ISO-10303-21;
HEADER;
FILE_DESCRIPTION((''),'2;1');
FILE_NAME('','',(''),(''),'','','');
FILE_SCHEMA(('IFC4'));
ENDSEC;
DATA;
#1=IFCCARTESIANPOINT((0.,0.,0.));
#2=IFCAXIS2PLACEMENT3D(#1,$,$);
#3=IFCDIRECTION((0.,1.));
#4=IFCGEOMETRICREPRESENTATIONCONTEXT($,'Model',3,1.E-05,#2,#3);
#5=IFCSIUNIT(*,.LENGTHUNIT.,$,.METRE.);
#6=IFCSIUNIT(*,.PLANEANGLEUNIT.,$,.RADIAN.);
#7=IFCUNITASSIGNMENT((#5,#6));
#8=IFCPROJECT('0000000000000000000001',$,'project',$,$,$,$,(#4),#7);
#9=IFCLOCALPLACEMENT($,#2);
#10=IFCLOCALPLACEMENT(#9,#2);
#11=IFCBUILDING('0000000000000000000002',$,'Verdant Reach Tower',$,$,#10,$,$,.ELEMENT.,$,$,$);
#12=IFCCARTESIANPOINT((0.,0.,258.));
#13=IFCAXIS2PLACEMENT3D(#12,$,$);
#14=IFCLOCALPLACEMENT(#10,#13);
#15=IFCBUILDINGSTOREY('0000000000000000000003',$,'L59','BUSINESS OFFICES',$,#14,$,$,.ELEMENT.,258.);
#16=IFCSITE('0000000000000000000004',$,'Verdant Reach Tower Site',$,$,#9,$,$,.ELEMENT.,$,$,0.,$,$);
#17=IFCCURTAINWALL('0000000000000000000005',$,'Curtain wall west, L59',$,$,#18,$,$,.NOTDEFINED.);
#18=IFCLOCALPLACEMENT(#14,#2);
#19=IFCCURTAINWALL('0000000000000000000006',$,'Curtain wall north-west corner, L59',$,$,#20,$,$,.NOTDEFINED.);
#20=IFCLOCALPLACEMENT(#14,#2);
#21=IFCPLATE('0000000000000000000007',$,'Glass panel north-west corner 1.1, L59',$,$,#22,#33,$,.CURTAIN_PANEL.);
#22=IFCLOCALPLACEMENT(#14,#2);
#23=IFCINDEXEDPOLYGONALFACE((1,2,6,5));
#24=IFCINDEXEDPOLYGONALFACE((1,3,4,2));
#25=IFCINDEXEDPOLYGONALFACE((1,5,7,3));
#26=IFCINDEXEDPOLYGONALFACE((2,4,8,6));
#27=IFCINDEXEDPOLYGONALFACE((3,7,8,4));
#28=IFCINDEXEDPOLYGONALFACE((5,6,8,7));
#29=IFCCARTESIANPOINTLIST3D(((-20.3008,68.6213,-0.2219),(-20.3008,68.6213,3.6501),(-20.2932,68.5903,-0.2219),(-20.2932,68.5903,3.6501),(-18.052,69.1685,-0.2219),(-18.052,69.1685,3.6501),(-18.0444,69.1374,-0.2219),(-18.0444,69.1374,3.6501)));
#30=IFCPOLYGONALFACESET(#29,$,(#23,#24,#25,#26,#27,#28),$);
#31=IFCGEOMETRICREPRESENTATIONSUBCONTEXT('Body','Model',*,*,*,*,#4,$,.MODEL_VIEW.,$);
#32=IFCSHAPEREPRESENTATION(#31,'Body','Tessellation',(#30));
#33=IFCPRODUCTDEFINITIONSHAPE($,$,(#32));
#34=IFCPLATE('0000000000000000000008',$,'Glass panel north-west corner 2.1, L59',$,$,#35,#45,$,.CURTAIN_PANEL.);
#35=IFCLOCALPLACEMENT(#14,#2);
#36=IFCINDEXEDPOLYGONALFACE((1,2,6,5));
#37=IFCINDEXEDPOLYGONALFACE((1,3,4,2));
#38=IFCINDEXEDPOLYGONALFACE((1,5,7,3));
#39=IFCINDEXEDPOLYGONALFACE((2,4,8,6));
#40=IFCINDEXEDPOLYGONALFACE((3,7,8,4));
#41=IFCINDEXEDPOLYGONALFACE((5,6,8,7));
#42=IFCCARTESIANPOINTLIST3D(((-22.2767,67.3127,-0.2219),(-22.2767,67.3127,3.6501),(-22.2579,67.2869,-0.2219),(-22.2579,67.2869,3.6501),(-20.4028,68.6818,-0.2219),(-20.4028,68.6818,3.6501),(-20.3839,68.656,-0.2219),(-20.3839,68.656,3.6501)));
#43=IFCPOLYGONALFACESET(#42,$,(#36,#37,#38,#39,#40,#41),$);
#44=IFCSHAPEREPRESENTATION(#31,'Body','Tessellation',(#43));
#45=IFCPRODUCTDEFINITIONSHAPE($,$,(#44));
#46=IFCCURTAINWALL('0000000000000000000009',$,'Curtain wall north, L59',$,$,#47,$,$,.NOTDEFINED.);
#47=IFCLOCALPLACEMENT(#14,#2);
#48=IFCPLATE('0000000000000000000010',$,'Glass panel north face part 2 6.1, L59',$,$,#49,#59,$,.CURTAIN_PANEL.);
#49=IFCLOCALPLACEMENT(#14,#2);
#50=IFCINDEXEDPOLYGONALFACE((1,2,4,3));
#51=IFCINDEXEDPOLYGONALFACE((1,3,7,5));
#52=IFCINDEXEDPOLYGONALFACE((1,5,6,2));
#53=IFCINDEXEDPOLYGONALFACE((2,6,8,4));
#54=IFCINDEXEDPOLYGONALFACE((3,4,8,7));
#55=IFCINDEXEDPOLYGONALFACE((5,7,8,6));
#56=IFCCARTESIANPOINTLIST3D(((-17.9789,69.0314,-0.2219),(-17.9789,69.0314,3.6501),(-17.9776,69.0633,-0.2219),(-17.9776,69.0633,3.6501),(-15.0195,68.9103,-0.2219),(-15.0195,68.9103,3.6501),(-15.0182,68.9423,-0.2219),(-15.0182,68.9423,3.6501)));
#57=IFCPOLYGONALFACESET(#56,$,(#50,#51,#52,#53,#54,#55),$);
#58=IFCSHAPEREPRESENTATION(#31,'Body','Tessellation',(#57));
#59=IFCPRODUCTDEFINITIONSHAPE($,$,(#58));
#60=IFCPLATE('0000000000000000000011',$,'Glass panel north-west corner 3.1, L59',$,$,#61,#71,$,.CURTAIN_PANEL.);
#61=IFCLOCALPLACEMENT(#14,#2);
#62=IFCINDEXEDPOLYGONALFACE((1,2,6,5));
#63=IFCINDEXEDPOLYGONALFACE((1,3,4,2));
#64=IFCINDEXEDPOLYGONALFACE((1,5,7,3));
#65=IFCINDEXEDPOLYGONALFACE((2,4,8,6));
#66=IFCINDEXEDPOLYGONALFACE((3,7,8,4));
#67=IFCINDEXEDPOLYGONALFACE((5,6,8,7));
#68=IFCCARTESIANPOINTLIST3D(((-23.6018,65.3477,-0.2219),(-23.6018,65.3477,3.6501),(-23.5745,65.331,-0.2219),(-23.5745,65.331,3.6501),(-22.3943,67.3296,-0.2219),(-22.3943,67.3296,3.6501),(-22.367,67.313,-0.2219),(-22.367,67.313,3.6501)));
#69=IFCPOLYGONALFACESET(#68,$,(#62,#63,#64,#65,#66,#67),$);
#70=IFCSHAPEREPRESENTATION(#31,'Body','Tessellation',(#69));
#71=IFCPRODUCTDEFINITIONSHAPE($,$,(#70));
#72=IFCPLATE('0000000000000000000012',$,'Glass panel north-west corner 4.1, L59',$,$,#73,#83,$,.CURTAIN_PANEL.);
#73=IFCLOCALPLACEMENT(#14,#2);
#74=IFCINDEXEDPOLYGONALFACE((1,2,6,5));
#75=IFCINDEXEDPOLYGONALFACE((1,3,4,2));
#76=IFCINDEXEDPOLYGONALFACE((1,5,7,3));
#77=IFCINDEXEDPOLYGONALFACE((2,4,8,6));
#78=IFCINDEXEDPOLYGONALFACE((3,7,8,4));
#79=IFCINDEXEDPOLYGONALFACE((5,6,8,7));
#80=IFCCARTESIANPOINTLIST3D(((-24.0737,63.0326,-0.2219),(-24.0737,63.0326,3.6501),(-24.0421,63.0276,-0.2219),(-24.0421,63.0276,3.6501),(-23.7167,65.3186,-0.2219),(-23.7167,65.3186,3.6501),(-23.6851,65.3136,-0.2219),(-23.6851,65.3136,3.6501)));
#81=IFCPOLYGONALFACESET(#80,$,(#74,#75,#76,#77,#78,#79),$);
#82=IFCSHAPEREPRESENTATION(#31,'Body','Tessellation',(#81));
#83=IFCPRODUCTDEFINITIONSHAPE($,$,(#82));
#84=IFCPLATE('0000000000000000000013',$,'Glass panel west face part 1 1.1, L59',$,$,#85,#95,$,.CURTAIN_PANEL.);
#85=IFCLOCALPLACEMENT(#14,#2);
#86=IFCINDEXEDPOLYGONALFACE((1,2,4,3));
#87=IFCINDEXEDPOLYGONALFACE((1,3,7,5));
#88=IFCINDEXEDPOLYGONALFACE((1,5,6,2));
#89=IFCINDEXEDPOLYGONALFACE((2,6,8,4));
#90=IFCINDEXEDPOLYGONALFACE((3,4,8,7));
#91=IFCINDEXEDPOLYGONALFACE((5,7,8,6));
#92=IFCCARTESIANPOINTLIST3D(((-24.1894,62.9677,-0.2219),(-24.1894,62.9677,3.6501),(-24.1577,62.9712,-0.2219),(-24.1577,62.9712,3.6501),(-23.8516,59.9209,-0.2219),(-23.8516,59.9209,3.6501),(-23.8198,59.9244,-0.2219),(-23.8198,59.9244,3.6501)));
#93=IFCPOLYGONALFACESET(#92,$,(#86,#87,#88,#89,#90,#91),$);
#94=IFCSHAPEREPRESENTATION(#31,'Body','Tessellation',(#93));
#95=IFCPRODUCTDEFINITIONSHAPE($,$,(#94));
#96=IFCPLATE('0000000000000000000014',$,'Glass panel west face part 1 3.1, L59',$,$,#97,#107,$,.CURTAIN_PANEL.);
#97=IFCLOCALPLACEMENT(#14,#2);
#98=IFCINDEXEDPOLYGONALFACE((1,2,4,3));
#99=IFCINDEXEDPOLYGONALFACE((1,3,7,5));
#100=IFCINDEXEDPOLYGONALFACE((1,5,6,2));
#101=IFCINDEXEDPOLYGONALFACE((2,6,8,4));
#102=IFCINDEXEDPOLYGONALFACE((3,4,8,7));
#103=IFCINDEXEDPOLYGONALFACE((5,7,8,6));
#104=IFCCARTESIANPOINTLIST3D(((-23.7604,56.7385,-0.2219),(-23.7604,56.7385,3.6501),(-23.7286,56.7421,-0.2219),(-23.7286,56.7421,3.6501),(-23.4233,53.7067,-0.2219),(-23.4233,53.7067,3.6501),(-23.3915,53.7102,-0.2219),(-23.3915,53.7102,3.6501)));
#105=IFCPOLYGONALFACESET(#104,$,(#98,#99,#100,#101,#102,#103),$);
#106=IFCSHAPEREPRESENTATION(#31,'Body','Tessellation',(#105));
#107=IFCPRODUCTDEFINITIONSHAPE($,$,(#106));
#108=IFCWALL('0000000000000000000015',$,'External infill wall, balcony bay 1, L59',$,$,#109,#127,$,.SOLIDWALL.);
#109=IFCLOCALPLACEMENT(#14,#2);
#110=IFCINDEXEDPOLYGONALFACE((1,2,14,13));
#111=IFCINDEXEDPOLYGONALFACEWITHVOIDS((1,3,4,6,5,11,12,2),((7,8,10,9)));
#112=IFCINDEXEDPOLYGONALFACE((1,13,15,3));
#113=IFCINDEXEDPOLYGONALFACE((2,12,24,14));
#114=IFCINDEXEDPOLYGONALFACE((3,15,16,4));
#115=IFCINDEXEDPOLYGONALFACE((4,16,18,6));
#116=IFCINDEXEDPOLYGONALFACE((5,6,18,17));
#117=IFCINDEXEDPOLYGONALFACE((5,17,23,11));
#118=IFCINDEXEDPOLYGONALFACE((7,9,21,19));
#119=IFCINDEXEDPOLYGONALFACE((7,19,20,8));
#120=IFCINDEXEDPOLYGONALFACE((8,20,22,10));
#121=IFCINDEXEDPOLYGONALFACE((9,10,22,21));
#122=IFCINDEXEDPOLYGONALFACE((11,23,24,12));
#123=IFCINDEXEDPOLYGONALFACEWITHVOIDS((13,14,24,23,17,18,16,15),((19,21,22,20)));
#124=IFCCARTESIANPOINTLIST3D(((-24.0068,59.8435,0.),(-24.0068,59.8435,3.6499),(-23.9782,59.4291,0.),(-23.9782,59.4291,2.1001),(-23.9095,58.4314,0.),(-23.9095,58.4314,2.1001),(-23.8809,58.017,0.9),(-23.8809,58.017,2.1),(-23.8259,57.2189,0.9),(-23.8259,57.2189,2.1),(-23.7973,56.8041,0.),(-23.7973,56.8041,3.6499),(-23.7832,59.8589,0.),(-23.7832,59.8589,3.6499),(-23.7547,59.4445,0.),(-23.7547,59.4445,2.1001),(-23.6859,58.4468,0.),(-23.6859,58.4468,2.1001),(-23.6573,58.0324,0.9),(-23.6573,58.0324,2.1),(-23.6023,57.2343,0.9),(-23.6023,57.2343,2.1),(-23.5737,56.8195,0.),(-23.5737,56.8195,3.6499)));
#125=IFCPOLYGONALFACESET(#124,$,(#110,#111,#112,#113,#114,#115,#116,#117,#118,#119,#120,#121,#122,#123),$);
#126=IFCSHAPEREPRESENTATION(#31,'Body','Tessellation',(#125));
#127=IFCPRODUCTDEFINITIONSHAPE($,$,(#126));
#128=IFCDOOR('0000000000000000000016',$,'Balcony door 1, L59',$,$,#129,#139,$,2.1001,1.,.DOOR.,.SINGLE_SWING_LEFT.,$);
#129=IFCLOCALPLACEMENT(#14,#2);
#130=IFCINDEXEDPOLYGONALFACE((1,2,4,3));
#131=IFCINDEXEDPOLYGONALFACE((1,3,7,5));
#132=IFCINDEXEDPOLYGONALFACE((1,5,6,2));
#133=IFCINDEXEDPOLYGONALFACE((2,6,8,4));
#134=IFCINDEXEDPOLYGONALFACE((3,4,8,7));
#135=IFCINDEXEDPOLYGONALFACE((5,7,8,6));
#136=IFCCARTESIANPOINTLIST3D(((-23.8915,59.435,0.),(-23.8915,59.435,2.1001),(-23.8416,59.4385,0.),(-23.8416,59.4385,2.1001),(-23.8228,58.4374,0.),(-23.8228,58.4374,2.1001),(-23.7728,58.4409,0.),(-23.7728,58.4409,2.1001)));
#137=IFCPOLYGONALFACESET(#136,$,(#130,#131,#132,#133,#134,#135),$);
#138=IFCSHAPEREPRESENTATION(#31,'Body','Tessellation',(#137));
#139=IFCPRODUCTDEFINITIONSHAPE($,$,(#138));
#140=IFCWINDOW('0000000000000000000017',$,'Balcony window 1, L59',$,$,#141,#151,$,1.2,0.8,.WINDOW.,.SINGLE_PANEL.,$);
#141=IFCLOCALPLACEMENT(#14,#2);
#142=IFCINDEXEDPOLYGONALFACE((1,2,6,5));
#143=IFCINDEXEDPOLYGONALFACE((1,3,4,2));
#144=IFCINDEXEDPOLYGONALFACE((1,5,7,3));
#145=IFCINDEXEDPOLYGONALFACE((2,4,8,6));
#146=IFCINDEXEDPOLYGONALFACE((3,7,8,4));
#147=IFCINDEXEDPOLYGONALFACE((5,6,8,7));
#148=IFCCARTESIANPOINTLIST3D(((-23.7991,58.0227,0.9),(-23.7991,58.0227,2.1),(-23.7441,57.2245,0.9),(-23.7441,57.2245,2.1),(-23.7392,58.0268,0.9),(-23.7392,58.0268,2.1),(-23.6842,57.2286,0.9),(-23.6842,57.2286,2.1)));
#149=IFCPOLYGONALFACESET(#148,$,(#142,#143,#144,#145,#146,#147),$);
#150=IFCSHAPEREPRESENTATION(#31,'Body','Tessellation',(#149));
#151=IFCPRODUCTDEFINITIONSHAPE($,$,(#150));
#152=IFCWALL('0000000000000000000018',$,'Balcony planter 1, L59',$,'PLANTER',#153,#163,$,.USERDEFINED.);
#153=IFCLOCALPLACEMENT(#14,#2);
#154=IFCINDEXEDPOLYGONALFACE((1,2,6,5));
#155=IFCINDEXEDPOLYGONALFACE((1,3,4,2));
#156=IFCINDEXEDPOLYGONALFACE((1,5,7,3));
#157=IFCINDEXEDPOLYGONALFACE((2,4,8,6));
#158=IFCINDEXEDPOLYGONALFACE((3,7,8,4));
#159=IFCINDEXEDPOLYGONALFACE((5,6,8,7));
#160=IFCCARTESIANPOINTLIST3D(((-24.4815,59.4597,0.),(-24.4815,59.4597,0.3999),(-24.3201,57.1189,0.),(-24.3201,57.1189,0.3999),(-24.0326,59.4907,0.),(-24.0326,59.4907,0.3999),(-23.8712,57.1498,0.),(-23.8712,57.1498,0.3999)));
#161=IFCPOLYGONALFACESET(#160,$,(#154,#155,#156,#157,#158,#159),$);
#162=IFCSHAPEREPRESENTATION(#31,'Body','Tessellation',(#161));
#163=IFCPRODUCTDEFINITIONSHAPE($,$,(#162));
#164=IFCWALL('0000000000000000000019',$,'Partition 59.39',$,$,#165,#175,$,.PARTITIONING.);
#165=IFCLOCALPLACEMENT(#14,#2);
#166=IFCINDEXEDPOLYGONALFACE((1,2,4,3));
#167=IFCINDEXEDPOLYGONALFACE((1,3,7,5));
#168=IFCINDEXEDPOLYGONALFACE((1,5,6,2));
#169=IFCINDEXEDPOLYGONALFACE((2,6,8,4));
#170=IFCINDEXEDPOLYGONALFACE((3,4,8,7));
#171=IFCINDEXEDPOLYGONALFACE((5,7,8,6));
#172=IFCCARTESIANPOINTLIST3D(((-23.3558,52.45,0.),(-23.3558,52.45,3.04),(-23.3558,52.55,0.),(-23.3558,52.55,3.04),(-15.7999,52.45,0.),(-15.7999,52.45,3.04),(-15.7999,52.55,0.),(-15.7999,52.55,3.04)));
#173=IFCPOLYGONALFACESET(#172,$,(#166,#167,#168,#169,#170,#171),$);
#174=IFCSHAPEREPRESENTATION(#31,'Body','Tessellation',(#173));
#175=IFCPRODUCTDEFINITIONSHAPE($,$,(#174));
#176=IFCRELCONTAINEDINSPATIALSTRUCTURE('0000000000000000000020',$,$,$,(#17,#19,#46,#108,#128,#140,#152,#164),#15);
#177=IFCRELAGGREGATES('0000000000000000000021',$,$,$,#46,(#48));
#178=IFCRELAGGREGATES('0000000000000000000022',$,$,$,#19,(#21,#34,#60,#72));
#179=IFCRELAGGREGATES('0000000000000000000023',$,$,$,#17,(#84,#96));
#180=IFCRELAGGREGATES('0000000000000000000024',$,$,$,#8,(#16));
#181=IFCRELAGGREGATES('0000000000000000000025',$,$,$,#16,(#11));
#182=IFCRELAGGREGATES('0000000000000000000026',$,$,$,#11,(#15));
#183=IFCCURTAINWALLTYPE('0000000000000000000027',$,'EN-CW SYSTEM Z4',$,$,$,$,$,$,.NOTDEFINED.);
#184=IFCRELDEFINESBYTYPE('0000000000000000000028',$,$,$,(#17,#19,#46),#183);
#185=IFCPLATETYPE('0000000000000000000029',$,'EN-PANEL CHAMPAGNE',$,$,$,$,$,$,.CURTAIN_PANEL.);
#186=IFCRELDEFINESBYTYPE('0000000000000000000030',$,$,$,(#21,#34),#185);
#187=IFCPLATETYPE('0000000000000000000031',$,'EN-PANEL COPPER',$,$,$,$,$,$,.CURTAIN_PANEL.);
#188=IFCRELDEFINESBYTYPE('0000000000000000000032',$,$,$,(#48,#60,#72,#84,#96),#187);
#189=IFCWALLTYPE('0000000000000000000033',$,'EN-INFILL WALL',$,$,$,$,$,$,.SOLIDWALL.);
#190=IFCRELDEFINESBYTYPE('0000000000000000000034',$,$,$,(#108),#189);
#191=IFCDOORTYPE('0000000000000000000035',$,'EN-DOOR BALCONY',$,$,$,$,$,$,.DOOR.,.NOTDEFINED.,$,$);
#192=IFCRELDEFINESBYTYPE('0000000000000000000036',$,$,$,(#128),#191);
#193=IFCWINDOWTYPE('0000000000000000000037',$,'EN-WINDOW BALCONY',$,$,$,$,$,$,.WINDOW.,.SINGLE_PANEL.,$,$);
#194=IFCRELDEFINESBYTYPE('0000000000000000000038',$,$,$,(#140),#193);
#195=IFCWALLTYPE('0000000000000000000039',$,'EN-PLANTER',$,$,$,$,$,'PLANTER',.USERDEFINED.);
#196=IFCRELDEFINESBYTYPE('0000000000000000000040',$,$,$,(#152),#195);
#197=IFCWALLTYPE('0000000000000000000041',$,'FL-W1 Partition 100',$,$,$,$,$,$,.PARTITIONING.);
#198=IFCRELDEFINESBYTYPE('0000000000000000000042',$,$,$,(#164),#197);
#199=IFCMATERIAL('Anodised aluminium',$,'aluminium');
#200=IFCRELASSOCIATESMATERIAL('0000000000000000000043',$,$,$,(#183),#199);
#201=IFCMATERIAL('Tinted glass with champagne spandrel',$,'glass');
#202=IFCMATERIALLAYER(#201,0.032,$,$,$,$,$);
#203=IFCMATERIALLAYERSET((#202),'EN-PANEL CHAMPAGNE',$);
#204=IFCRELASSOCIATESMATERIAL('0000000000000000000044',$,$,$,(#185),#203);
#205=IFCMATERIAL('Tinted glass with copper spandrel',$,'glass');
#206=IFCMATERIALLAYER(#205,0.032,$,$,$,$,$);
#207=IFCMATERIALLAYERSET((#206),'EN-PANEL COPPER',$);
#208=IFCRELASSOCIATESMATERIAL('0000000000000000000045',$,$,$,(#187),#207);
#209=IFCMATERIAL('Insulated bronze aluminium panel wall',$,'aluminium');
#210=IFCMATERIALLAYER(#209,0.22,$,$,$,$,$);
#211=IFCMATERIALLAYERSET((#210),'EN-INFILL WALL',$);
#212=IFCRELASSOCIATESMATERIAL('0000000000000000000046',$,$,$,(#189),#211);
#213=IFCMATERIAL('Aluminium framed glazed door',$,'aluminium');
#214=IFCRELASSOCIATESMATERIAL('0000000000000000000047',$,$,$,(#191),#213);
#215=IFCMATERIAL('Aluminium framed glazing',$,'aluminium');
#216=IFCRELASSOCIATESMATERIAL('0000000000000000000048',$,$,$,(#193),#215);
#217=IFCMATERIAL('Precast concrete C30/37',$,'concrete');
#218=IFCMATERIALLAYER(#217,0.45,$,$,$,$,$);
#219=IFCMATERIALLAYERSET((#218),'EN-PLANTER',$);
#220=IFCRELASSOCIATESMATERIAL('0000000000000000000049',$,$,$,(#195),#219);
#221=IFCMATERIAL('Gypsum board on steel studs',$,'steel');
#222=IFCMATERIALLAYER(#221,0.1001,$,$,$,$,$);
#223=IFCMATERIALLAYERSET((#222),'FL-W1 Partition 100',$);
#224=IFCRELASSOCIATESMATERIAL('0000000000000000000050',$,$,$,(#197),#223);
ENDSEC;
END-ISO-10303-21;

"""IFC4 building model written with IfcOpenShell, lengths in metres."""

from ifc_helpers import new_model, si_unit, direction, frame, frame_2d, origin, origin_2d, place, context, subcontext, project, spatial, rectangle, extrude, material, layer, layer_set, type_object, element, fill, aggregate, save


model = new_model("IFC4")

# Units and contexts
model_context = context("Model", 3, precision=1e-05, world=origin(), true_north=direction((0.0, 1.0)))
body_context = subcontext(model_context, "Body", "Model", "MODEL_VIEW")
ifc_project = project(units=[si_unit("LENGTHUNIT", "METRE"), si_unit("PLANEANGLEUNIT", "RADIAN")], contexts=[model_context])

# Site, building, storey
site_placement = place(None, origin())
site = spatial("IfcSite", under=ifc_project, at=site_placement, Name="Verdant Reach Tower Site", CompositionType="ELEMENT", RefElevation=0.0)
building_placement = place(site_placement, origin())
building = spatial("IfcBuilding", under=site, at=building_placement, Name="Verdant Reach Tower", CompositionType="ELEMENT")
storey_placement = place(building_placement, frame((0.0, 0.0, 258.0)))
storey = spatial("IfcBuildingStorey", under=building, at=storey_placement, Name="L59", Description="BUSINESS OFFICES", CompositionType="ELEMENT", Elevation=258.0)

# Curtain wall
ifc_material_1 = material(Name="Anodised aluminium", Category="aluminium")
curtain_wall_type = type_object("IfcCurtainWallType", Name="EN-CW SYSTEM Z4", PredefinedType="NOTDEFINED", material=ifc_material_1)
curtain_wall_1_placement = place(storey_placement, origin())
curtain_wall_1 = element("IfcCurtainWall", 1, at=curtain_wall_1_placement, inside=storey, type_object=curtain_wall_type, Name="Curtain wall west, L59", PredefinedType="NOTDEFINED")

# Curtain wall, plates
curtain_wall_2_placement = place(storey_placement, origin())
curtain_wall_2 = element("IfcCurtainWall", 2, at=curtain_wall_2_placement, inside=storey, type_object=curtain_wall_type, Name="Curtain wall north-west corner, L59", PredefinedType="NOTDEFINED")
ifc_material_2 = material(Name="Tinted glass with champagne spandrel", Category="glass")
ifc_layer_1 = layer(ifc_material_2, 0.032)
ifc_layer_set_1 = layer_set([ifc_layer_1], Name="EN-PANEL CHAMPAGNE")
plate_type_1 = type_object("IfcPlateType", Name="EN-PANEL CHAMPAGNE", PredefinedType="CURTAIN_PANEL", material=ifc_layer_set_1)
plate_1_placement = place(storey_placement, frame((-19.1726, 68.8794, -0.2219), z_axis=(0.0, 0.0, 1.0), x_axis=(-0.971652, -0.236414, 0.0)))
plate_1 = element("IfcPlate", 3, at=plate_1_placement, type_object=plate_type_1, Name="Glass panel north-west corner 1.1, L59", PredefinedType="CURTAIN_PANEL", context=body_context, shape_type="SweptSolid", body=[
    extrude(rectangle(XDim=2.3145, YDim=0.032, at=origin_2d()), origin(), (0.0, 0.0, 1.0), 3.8721),
])
plate_2_placement = place(storey_placement, frame((-21.3303, 67.9844, -0.2219), z_axis=(0.0, 0.0, 1.0), x_axis=(-0.807457, -0.589927, 0.0)))
plate_2 = element("IfcPlate", 4, at=plate_2_placement, type_object=plate_type_1, Name="Glass panel north-west corner 2.1, L59", PredefinedType="CURTAIN_PANEL", context=body_context, shape_type="SweptSolid", body=[
    extrude(rectangle(XDim=2.3208, YDim=0.032, at=origin_2d()), origin(), (0.0, 0.0, 1.0), 3.8721),
])

# Curtain wall, plate
curtain_wall_3_placement = place(storey_placement, origin())
curtain_wall_3 = element("IfcCurtainWall", 5, at=curtain_wall_3_placement, inside=storey, type_object=curtain_wall_type, Name="Curtain wall north, L59", PredefinedType="NOTDEFINED")
ifc_material_3 = material(Name="Tinted glass with copper spandrel", Category="glass")
ifc_layer_2 = layer(ifc_material_3, 0.032)
ifc_layer_set_2 = layer_set([ifc_layer_2], Name="EN-PANEL COPPER")
plate_type_2 = type_object("IfcPlateType", Name="EN-PANEL COPPER", PredefinedType="CURTAIN_PANEL", material=ifc_layer_set_2)
plate_3_placement = place(storey_placement, frame((-16.4985, 68.9868, -0.2219), z_axis=(0.0, 0.0, 1.0), x_axis=(-0.999164, 0.040881, 0.0)))
plate_3 = element("IfcPlate", 6, at=plate_3_placement, type_object=plate_type_2, Name="Glass panel north face part 2 6.1, L59", PredefinedType="CURTAIN_PANEL", context=body_context, shape_type="SweptSolid", body=[
    extrude(rectangle(XDim=2.9619, YDim=0.032, at=origin_2d()), origin(), (0.0, 0.0, 1.0), 3.8721),
])
aggregate(curtain_wall_3, [plate_3])

# Plates
plate_4_placement = place(storey_placement, frame((-22.9844, 66.3303, -0.2219), z_axis=(0.0, 0.0, 1.0), x_axis=(-0.520292, -0.853989, 0.0)))
plate_4 = element("IfcPlate", 7, at=plate_4_placement, type_object=plate_type_2, Name="Glass panel north-west corner 3.1, L59", PredefinedType="CURTAIN_PANEL", context=body_context, shape_type="SweptSolid", body=[
    extrude(rectangle(XDim=2.3208, YDim=0.032, at=origin_2d()), origin(), (0.0, 0.0, 1.0), 3.8721),
])
plate_5_placement = place(storey_placement, frame((-23.8794, 64.1731, -0.2219), z_axis=(0.0, 0.0, 1.0), x_axis=(-0.154325, -0.98802, 0.0)))
plate_5 = element("IfcPlate", 8, at=plate_5_placement, type_object=plate_type_2, Name="Glass panel north-west corner 4.1, L59", PredefinedType="CURTAIN_PANEL", context=body_context, shape_type="SweptSolid", body=[
    extrude(rectangle(XDim=2.3137, YDim=0.032, at=origin_2d()), origin(), (0.0, 0.0, 1.0), 3.8721),
])
aggregate(curtain_wall_2, [plate_1, plate_2, plate_4, plate_5])
plate_6_placement = place(storey_placement, frame((-24.0046, 61.446, -0.2219), z_axis=(0.0, 0.0, 1.0), x_axis=(0.110206, -0.993909, 0.0)))
plate_6 = element("IfcPlate", 9, at=plate_6_placement, type_object=plate_type_2, Name="Glass panel west face part 1 1.1, L59", PredefinedType="CURTAIN_PANEL", context=body_context, shape_type="SweptSolid", body=[
    extrude(rectangle(XDim=3.0654, YDim=0.032, at=origin_2d()), origin(), (0.0, 0.0, 1.0), 3.8721),
])
plate_7_placement = place(storey_placement, frame((-23.5759, 55.2244, -0.2219), z_axis=(0.0, 0.0, 1.0), x_axis=(0.110518, -0.993874, 0.0)))
plate_7 = element("IfcPlate", 10, at=plate_7_placement, type_object=plate_type_2, Name="Glass panel west face part 1 3.1, L59", PredefinedType="CURTAIN_PANEL", context=body_context, shape_type="SweptSolid", body=[
    extrude(rectangle(XDim=3.0505, YDim=0.032, at=origin_2d()), origin(), (0.0, 0.0, 1.0), 3.8721),
])
aggregate(curtain_wall_1, [plate_6, plate_7])

# Wall, openings, door, window
ifc_material_4 = material(Name="Insulated bronze aluminium panel wall", Category="aluminium")
ifc_layer_3 = layer(ifc_material_4, 0.22)
ifc_layer_set_3 = layer_set([ifc_layer_3], Name="EN-INFILL WALL")
wall_type_1 = type_object("IfcWallType", Name="EN-INFILL WALL", PredefinedType="SOLIDWALL", material=ifc_layer_set_3)
wall_1_placement = place(storey_placement, frame((-23.895, 59.8513, 0.0), z_axis=(0.0, 0.0, 1.0), x_axis=(0.068758, -0.997633, 0.0)))
wall_1 = element("IfcWall", 11, at=wall_1_placement, inside=storey, type_object=wall_type_1, Name="External infill wall, balcony bay 1, L59", PredefinedType="SOLIDWALL", context=body_context, shape_type="SweptSolid", body=[
    extrude(rectangle(XDim=3.0466, YDim=0.2241, at=frame_2d((1.5234, 0.0))), origin(), (0.0, 0.0, 1.0), 3.6499),
])
opening_1_placement = place(wall_1_placement, frame((0.4155, 0.0, 0.0)))
opening_1 = element("IfcOpeningElement", 12, at=opening_1_placement, cuts=wall_1, PredefinedType="OPENING", context=body_context, shape_type="SweptSolid", body=[
    extrude(rectangle(XDim=1.0, YDim=2.1001, at=frame_2d((0.5, 1.05))), frame((0.0, 0.1221, 0.0), z_axis=(0.0, -1.0, 0.0), x_axis=(1.0, 0.0, 0.0)), (0.0, 0.0, 1.0), 0.2441),
])
opening_2_placement = place(wall_1_placement, frame((1.8311, 0.0, 0.8999)))
opening_2 = element("IfcOpeningElement", 13, at=opening_2_placement, cuts=wall_1, PredefinedType="OPENING", context=body_context, shape_type="SweptSolid", body=[
    extrude(rectangle(XDim=0.8, YDim=1.2, at=frame_2d((0.3999, 0.6001))), frame((0.0, 0.1221, 0.0), z_axis=(0.0, -1.0, 0.0), x_axis=(1.0, 0.0, 0.0)), (0.0, 0.0, 1.0), 0.2441),
])
ifc_material_5 = material(Name="Aluminium framed glazed door", Category="aluminium")
door_type = type_object("IfcDoorType", Name="EN-DOOR BALCONY", OperationType="NOTDEFINED", PredefinedType="DOOR", material=ifc_material_5)
door_placement = place(opening_1_placement, origin())
door = element("IfcDoor", 14, at=door_placement, inside=storey, type_object=door_type, Name="Balcony door 1, L59", OperationType="SINGLE_SWING_LEFT", OverallHeight=2.1001, OverallWidth=1.0, PredefinedType="DOOR", context=body_context, shape_type="SweptSolid", body=[
    extrude(rectangle(XDim=1.0, YDim=2.1001, at=frame_2d((0.5, 1.05))), frame((0.0, 0.0249, 0.0), z_axis=(0.0, -1.0, 0.0), x_axis=(1.0, 0.0, 0.0)), (0.0, 0.0, 1.0), 0.05),
])
fill(opening_1, door)
ifc_material_6 = material(Name="Aluminium framed glazing", Category="aluminium")
window_type = type_object("IfcWindowType", Name="EN-WINDOW BALCONY", PartitioningType="SINGLE_PANEL", PredefinedType="WINDOW", material=ifc_material_6)
window_placement = place(opening_2_placement, origin())
window = element("IfcWindow", 15, at=window_placement, inside=storey, type_object=window_type, Name="Balcony window 1, L59", OverallHeight=1.2, OverallWidth=0.8, PartitioningType="SINGLE_PANEL", PredefinedType="WINDOW", context=body_context, shape_type="SweptSolid", body=[
    extrude(rectangle(XDim=0.8, YDim=1.2, at=frame_2d((0.3999, 0.6001))), frame((0.0, 0.03, 0.0), z_axis=(0.0, -1.0, 0.0), x_axis=(1.0, 0.0, 0.0)), (0.0, 0.0, 1.0), 0.0601),
])
fill(opening_2, window)

# Walls
ifc_material_7 = material(Name="Precast concrete C30/37", Category="concrete")
ifc_layer_4 = layer(ifc_material_7, 0.45)
ifc_layer_set_4 = layer_set([ifc_layer_4], Name="EN-PLANTER")
wall_type_2 = type_object("IfcWallType", Name="EN-PLANTER", ElementType="PLANTER", PredefinedType="USERDEFINED", material=ifc_layer_set_4)
wall_2_placement = place(storey_placement, frame((-24.2571, 59.4753, 0.0), z_axis=(0.0, 0.0, 1.0), x_axis=(0.068777, -0.997632, 0.0)))
element("IfcWall", 16, at=wall_2_placement, inside=storey, type_object=wall_type_2, Name="Balcony planter 1, L59", ObjectType="PLANTER", PredefinedType="USERDEFINED", context=body_context, shape_type="SweptSolid", body=[
    extrude(rectangle(XDim=2.3464, YDim=0.45, at=frame_2d((1.1733, 0.0))), origin(), (0.0, 0.0, 1.0), 0.3999),
])
ifc_material_8 = material(Name="Gypsum board on steel studs", Category="steel")
ifc_layer_5 = layer(ifc_material_8, 0.1001)
ifc_layer_set_5 = layer_set([ifc_layer_5], Name="FL-W1 Partition 100")
wall_type_3 = type_object("IfcWallType", Name="FL-W1 Partition 100", PredefinedType="PARTITIONING", material=ifc_layer_set_5)
wall_3_placement = place(storey_placement, frame((-15.8, 52.5, 0.0), z_axis=(0.0, 0.0, 1.0), x_axis=(-1.0, 0.0, 0.0)))
element("IfcWall", 17, at=wall_3_placement, inside=storey, type_object=wall_type_3, Name="Partition 59.39", PredefinedType="PARTITIONING", context=body_context, shape_type="SweptSolid", body=[
    extrude(rectangle(XDim=7.5559, YDim=0.1001, at=frame_2d((3.7778, 0.0))), origin(), (0.0, 0.0, 1.0), 3.04),
])

save(model, "model.ifc")
